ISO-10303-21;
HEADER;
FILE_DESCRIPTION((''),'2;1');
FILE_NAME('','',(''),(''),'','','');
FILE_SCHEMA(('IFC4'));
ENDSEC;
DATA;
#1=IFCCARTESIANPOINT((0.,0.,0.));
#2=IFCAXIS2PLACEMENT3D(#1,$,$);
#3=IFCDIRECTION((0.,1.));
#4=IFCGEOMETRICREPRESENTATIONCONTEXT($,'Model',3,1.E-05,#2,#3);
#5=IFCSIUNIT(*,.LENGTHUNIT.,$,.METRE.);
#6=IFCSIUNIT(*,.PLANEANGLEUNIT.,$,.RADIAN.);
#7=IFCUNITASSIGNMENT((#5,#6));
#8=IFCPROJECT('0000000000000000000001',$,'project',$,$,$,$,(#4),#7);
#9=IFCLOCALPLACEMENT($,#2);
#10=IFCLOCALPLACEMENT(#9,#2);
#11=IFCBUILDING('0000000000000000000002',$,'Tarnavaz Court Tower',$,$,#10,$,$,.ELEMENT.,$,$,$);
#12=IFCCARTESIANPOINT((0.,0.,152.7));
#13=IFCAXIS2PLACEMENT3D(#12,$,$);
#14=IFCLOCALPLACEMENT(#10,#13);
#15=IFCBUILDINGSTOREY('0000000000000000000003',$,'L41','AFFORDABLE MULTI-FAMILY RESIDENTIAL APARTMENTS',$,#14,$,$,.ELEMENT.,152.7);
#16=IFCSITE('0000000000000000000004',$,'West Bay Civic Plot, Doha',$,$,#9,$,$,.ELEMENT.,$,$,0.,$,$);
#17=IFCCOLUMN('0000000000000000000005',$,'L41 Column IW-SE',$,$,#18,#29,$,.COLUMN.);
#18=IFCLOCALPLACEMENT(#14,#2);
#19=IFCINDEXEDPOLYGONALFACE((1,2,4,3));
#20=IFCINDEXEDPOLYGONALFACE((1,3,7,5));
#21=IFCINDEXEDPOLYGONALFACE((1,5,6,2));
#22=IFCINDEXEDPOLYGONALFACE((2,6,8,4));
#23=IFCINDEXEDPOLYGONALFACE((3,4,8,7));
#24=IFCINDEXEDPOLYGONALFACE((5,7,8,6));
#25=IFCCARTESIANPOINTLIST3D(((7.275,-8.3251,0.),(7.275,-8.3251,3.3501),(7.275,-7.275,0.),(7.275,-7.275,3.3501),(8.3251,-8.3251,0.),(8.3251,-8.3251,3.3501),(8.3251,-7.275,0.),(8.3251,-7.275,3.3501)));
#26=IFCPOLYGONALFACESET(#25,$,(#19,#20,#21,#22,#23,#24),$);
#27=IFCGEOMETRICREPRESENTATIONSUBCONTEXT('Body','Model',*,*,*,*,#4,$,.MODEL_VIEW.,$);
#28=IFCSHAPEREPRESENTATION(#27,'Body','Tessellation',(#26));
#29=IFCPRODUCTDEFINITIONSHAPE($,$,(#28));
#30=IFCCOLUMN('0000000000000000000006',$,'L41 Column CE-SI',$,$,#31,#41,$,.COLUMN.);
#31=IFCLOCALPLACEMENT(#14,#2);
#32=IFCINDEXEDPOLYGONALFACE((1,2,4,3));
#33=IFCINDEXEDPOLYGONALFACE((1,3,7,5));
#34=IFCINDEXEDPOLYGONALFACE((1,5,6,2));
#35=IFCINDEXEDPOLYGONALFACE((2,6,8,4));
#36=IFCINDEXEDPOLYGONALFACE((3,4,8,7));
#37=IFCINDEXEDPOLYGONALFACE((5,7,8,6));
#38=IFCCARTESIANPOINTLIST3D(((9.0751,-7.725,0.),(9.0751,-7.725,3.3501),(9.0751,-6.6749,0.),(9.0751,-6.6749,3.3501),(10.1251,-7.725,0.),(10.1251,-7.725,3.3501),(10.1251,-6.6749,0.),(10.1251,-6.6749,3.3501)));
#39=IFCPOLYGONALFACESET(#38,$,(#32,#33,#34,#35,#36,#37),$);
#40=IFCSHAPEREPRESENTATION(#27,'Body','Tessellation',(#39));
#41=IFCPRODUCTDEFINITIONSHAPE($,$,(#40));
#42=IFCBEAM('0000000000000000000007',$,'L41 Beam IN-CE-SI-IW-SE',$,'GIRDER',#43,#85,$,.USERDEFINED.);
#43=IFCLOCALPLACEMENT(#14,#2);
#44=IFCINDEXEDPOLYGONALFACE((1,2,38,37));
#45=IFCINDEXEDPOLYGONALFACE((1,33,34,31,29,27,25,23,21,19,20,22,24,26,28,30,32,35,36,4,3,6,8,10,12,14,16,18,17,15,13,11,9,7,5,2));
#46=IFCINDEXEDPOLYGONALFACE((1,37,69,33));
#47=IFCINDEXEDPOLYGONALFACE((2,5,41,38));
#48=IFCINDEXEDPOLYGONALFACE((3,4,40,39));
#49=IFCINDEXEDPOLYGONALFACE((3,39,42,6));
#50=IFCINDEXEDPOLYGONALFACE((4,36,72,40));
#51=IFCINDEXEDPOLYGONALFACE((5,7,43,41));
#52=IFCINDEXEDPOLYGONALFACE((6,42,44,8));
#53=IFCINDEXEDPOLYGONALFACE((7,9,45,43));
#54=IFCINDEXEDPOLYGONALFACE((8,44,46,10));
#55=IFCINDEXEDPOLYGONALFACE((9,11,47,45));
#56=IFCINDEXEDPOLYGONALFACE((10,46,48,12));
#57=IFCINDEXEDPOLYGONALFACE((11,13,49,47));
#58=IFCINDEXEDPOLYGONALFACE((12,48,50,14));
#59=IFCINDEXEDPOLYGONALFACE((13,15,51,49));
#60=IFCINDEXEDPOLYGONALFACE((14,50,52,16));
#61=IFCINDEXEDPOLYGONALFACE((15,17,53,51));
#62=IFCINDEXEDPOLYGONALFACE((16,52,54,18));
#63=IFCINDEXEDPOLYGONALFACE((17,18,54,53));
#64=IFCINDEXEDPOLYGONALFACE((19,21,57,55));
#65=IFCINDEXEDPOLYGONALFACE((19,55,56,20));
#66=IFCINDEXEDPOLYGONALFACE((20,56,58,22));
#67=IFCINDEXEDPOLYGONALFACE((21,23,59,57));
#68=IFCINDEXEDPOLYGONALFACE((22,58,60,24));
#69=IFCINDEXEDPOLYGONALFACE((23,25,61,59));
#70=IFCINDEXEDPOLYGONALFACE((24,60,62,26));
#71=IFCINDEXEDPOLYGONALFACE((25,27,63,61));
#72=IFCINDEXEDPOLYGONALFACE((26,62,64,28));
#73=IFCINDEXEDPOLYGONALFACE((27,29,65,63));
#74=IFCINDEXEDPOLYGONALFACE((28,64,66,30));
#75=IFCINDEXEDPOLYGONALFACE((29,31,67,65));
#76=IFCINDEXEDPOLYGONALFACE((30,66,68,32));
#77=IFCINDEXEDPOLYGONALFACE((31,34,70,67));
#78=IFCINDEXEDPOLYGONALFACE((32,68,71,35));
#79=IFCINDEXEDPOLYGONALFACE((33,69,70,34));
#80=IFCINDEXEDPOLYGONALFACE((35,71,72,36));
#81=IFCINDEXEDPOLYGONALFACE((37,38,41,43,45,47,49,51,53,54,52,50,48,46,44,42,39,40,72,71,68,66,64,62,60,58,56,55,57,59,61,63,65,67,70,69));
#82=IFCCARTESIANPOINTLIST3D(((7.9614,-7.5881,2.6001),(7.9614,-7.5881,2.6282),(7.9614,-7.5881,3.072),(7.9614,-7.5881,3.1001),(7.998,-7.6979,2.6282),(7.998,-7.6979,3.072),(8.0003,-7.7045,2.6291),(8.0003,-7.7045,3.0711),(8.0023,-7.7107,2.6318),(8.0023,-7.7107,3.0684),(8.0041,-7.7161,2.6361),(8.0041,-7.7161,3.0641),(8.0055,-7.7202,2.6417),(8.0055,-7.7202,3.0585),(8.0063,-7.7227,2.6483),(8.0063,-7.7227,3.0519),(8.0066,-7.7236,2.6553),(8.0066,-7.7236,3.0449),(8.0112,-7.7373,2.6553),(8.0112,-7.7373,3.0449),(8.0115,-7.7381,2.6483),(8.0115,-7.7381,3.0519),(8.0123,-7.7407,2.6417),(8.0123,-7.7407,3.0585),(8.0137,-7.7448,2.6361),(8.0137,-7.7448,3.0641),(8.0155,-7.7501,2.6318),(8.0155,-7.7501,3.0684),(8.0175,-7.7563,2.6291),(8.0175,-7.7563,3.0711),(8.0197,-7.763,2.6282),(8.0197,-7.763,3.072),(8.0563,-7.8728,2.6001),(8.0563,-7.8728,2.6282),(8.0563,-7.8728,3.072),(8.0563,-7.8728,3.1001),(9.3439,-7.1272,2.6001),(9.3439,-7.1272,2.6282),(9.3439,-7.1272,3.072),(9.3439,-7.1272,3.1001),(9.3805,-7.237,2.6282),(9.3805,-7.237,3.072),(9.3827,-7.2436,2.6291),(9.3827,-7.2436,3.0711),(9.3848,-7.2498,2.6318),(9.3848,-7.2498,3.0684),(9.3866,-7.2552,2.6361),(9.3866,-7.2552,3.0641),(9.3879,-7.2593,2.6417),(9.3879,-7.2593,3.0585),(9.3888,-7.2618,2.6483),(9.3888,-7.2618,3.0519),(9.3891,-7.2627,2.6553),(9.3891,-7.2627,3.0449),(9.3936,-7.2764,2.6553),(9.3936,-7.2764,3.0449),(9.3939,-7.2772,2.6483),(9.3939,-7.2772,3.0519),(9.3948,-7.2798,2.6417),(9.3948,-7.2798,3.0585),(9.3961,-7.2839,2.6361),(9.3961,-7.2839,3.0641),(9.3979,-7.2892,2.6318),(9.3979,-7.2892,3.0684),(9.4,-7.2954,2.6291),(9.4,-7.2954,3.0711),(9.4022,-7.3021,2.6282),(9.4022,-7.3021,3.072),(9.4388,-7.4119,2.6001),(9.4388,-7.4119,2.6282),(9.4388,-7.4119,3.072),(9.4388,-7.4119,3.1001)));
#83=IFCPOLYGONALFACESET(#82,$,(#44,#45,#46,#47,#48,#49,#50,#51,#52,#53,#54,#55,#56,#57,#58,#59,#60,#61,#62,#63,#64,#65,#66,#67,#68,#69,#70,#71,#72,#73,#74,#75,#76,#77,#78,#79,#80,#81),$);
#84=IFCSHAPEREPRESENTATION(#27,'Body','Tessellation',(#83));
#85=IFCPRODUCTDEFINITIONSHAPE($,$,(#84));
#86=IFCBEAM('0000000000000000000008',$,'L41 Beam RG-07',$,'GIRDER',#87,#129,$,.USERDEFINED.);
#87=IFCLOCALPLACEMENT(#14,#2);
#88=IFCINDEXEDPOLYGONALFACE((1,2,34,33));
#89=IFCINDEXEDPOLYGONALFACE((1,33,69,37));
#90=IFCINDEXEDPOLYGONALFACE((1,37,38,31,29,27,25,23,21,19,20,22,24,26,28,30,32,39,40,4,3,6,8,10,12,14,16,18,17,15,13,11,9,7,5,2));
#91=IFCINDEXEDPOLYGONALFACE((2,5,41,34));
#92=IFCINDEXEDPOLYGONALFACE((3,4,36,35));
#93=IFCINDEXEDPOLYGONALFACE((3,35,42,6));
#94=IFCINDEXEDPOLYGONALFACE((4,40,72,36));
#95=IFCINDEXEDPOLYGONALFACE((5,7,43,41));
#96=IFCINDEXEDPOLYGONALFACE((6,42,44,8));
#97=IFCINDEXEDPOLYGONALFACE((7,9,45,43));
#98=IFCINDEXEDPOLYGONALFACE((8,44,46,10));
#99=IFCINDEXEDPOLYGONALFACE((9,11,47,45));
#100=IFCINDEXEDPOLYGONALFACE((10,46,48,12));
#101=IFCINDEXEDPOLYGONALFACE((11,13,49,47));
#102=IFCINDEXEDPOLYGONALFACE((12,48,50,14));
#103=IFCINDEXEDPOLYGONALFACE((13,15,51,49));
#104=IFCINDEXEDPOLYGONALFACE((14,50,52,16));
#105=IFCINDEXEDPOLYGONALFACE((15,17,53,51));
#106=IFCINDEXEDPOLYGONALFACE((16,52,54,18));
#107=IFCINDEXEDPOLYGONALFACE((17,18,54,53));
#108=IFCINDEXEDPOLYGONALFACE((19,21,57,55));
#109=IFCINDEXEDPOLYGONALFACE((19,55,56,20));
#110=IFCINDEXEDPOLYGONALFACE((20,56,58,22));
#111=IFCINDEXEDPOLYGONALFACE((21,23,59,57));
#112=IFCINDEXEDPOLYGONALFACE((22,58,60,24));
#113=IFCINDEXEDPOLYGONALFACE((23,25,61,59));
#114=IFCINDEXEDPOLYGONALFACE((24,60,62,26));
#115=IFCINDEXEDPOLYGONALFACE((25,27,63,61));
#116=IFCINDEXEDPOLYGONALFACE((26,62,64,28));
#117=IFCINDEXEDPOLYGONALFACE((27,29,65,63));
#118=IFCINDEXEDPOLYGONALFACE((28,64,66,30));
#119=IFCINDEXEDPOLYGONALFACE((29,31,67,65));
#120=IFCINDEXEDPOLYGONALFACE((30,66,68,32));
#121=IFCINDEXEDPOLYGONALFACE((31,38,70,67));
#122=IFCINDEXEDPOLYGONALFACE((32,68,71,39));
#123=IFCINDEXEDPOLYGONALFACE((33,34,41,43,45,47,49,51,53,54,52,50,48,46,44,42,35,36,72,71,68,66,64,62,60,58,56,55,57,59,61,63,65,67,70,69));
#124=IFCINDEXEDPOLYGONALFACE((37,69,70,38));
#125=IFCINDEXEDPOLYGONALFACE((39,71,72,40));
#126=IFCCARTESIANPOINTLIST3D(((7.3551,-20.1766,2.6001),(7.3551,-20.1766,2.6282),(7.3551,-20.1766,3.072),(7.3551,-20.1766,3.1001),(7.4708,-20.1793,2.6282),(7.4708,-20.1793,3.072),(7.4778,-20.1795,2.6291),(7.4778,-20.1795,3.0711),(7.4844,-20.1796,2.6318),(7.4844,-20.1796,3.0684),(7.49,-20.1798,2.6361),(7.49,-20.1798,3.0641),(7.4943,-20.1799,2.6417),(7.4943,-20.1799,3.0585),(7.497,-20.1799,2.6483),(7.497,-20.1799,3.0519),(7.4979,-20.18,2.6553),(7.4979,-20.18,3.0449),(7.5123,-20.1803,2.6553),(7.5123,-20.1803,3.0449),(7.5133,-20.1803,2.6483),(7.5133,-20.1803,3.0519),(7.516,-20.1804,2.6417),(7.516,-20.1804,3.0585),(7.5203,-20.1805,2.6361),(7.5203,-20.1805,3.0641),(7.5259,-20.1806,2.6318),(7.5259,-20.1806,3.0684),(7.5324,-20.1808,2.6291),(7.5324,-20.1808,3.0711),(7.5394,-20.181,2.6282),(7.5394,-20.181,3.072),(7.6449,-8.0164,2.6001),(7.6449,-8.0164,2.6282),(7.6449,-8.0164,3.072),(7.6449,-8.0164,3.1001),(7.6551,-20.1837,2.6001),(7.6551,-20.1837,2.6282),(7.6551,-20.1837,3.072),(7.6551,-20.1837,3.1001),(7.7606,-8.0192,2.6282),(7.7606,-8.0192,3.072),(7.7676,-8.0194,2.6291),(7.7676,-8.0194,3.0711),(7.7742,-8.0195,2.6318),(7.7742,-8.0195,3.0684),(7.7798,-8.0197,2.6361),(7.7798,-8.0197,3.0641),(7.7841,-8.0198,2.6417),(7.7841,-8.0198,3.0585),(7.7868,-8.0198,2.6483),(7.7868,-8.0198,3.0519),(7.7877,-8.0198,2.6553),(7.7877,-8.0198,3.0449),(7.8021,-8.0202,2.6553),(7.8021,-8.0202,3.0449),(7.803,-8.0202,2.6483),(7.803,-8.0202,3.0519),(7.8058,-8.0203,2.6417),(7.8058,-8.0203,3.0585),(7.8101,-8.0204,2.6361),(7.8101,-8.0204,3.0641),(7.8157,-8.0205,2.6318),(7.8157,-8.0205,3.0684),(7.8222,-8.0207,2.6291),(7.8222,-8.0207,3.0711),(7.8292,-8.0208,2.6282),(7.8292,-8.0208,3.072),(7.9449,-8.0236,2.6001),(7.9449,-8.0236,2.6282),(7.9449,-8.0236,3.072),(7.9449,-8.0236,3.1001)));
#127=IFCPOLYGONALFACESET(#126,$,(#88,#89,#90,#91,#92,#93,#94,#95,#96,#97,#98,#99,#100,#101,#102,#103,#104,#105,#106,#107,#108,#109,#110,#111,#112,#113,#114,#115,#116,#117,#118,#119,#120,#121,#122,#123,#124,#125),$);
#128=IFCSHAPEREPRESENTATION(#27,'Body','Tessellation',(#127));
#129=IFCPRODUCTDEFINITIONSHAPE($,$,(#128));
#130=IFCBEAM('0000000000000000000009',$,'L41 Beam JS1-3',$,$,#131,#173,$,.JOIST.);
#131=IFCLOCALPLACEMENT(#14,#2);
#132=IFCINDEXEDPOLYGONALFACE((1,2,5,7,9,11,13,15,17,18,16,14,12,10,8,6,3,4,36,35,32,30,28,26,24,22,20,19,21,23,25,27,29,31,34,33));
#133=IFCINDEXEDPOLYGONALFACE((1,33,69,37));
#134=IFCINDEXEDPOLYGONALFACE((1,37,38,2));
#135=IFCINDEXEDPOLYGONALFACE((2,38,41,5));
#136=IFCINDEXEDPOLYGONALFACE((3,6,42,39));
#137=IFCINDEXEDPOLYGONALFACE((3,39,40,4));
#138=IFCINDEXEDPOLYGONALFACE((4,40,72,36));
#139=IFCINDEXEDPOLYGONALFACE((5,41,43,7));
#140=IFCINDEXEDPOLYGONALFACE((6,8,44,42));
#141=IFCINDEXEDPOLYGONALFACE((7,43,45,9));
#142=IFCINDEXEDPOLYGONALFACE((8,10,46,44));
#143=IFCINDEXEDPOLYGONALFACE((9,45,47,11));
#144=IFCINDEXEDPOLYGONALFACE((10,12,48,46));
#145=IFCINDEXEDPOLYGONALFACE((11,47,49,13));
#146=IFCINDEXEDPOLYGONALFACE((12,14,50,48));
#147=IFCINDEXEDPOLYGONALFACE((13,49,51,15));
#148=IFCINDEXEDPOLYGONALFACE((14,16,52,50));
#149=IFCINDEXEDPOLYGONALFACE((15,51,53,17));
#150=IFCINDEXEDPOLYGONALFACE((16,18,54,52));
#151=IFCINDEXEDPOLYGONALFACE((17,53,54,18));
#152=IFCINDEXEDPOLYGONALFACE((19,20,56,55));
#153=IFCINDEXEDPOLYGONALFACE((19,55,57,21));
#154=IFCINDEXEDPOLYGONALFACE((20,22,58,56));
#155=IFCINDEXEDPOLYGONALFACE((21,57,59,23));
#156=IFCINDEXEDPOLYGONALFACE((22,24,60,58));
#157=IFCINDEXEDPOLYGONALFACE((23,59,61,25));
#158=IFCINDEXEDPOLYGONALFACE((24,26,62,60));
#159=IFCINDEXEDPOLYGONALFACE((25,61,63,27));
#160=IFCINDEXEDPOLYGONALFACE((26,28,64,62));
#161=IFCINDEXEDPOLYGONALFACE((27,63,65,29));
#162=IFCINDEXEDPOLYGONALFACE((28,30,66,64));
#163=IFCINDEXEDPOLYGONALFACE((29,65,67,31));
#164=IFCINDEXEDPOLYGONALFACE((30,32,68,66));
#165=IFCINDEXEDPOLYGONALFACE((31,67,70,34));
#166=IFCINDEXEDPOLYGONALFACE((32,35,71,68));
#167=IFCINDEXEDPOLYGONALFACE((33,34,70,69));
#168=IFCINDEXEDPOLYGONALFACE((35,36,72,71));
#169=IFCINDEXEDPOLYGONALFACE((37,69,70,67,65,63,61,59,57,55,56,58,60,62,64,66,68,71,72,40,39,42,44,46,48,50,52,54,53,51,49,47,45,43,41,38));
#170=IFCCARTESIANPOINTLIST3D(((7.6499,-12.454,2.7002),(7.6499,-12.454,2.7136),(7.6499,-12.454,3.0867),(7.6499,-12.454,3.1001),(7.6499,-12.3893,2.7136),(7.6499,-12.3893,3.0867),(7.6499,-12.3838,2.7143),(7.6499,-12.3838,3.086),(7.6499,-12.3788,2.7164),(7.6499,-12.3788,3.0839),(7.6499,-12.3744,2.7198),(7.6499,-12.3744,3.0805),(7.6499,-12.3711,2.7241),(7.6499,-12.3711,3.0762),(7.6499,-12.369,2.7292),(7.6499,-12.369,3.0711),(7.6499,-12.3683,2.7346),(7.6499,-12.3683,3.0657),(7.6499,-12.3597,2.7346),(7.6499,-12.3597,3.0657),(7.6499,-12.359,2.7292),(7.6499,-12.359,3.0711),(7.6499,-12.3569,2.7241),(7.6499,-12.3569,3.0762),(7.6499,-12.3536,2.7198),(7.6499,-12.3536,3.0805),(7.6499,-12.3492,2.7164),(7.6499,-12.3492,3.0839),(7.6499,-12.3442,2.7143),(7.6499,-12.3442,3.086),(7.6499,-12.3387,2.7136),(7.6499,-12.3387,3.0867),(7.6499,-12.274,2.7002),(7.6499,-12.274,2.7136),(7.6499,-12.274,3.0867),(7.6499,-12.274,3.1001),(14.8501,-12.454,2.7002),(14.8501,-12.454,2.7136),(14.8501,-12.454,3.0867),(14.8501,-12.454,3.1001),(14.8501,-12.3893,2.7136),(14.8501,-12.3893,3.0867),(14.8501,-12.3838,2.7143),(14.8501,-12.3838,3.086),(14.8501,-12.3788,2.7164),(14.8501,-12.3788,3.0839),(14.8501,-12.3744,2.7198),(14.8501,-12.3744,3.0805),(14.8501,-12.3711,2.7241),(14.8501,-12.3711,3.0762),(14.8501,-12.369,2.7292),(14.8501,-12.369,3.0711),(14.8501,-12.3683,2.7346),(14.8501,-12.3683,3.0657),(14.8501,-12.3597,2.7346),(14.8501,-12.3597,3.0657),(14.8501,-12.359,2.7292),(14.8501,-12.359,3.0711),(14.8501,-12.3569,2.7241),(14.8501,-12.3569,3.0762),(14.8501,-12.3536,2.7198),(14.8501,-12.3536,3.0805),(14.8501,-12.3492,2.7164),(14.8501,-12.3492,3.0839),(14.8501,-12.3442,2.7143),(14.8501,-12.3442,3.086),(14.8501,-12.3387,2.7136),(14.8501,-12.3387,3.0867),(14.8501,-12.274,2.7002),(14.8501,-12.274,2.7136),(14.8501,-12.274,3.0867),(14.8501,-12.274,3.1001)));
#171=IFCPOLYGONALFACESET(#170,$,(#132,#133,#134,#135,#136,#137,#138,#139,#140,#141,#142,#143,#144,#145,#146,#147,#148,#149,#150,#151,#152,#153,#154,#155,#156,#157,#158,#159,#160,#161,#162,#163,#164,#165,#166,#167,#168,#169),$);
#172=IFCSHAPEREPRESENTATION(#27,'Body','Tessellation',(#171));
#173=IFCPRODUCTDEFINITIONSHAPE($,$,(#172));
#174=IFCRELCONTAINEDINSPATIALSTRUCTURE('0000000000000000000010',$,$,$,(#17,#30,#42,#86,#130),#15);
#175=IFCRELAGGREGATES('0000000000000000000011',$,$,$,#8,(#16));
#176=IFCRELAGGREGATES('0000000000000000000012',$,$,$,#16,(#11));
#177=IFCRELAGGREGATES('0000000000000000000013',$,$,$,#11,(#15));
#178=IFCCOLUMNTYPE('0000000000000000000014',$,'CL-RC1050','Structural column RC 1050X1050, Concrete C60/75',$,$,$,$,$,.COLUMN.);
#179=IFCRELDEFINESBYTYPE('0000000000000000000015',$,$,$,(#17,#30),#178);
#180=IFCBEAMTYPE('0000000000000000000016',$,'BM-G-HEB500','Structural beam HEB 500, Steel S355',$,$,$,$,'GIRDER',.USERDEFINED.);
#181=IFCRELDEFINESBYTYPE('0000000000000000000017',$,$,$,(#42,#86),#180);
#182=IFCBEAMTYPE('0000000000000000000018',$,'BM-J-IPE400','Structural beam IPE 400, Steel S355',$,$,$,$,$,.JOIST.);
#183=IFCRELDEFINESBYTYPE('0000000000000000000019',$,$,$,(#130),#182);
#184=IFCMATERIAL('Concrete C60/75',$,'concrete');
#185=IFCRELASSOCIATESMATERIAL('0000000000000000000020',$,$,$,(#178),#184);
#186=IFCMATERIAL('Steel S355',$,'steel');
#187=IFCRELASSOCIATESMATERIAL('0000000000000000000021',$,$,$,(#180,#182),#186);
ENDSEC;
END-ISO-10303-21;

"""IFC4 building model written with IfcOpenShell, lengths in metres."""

from ifc_helpers import new_model, si_unit, direction, frame, origin, origin_2d, place, context, subcontext, project, spatial, rectangle, i_section, extrude, material, material_profile, profile_set, type_object, element, save


model = new_model("IFC4")

# Units and contexts
model_context = context("Model", 3, precision=1e-05, world=origin(), true_north=direction((0.0, 1.0)))
body_context = subcontext(model_context, "Body", "Model", "MODEL_VIEW")
ifc_project = project(units=[si_unit("LENGTHUNIT", "METRE"), si_unit("PLANEANGLEUNIT", "RADIAN")], contexts=[model_context])

# Site, building, storey
site_placement = place(None, origin())
site = spatial("IfcSite", under=ifc_project, at=site_placement, Name="West Bay Civic Plot, Doha", CompositionType="ELEMENT", RefElevation=0.0)
building_placement = place(site_placement, origin())
building = spatial("IfcBuilding", under=site, at=building_placement, Name="Tarnavaz Court Tower", CompositionType="ELEMENT")
storey_placement = place(building_placement, frame((0.0, 0.0, 152.7)))
storey = spatial("IfcBuildingStorey", under=building, at=storey_placement, Name="L41", Description="AFFORDABLE MULTI-FAMILY RESIDENTIAL APARTMENTS", CompositionType="ELEMENT", Elevation=152.7)

# Columns
ifc_material_1 = material(Name="Concrete C60/75", Category="concrete")
ifc_material_profile_1 = material_profile(ifc_material_1, rectangle(XDim=1.05, YDim=1.05, at=origin_2d()), Name="RC 1050X1050")
ifc_profile_set_1 = profile_set([ifc_material_profile_1], Name="Concrete C60/75")
column_type = type_object("IfcColumnType", Name="CL-RC1050", Description="Structural column RC 1050X1050, Concrete C60/75", PredefinedType="COLUMN", material=ifc_profile_set_1)
for number, where, z_axis, x_axis, name in (
    (1, (7.8, -7.8, 0.0), (0.0, 0.0, 1.0), (1.0, 0.0, 0.0), "L41 Column IW-SE"),
    (2, (9.6001, -7.2, 0.0), (0.0, 0.0, 1.0), (1.0, 0.0, 0.0), "L41 Column CE-SI"),
):
    element("IfcColumn", number, at=place(storey_placement, frame(where, z_axis=z_axis, x_axis=x_axis)), inside=storey, type_object=column_type, Name=name, PredefinedType="COLUMN", context=body_context, shape_type="SweptSolid", body=[
        extrude(rectangle(XDim=1.05, YDim=1.05, at=origin_2d()), origin(), (0.0, 0.0, 1.0), 3.3501),
    ])

# Beams
ifc_material_2 = material(Name="Steel S355", Category="steel")
ifc_material_profile_2 = material_profile(ifc_material_2, i_section(OverallWidth=0.3, OverallDepth=0.5, WebThickness=0.0144, FlangeThickness=0.0281, FilletRadius=0.0271, at=origin_2d()), Name="HEB 500")
ifc_profile_set_2 = profile_set([ifc_material_profile_2], Name="Steel S355")
beam_type_1 = type_object("IfcBeamType", Name="BM-G-HEB500", Description="Structural beam HEB 500, Steel S355", ElementType="GIRDER", PredefinedType="USERDEFINED", material=ifc_profile_set_2)
beam_1_placement = place(storey_placement, frame((9.3914, -7.2695, 2.8501), z_axis=(-0.948667, -0.316278, 0.0), x_axis=(0.316278, -0.948667, 0.0)))
element("IfcBeam", 3, at=beam_1_placement, inside=storey, type_object=beam_type_1, Name="L41 Beam IN-CE-SI-IW-SE", ObjectType="GIRDER", PredefinedType="USERDEFINED", context=body_context, shape_type="SweptSolid", body=[
    extrude(i_section(OverallWidth=0.3, OverallDepth=0.5, WebThickness=0.0144, FlangeThickness=0.0281, FilletRadius=0.0271, at=origin_2d()), origin(), (0.0, 0.0, 1.0), 1.4573),
])
beam_2_placement = place(storey_placement, frame((7.7949, -8.02, 2.8501), z_axis=(-0.023825, -0.999716, 0.0), x_axis=(0.999716, -0.023825, 0.0)))
element("IfcBeam", 4, at=beam_2_placement, inside=storey, type_object=beam_type_1, Name="L41 Beam RG-07", ObjectType="GIRDER", PredefinedType="USERDEFINED", context=body_context, shape_type="SweptSolid", body=[
    extrude(i_section(OverallWidth=0.3, OverallDepth=0.5, WebThickness=0.0144, FlangeThickness=0.0281, FilletRadius=0.0271, at=origin_2d()), origin(), (0.0, 0.0, 1.0), 12.1636),
])
ifc_material_profile_3 = material_profile(ifc_material_2, i_section(OverallWidth=0.1799, OverallDepth=0.3999, WebThickness=0.0085, FlangeThickness=0.0134, FilletRadius=0.021, at=origin_2d()), Name="IPE 400")
ifc_profile_set_3 = profile_set([ifc_material_profile_3], Name="Steel S355")
beam_type_2 = type_object("IfcBeamType", Name="BM-J-IPE400", Description="Structural beam IPE 400, Steel S355", PredefinedType="JOIST", material=ifc_profile_set_3)
beam_3_placement = place(storey_placement, frame((7.6499, -12.364, 2.9001), z_axis=(1.0, 0.0, 0.0), x_axis=(0.0, 1.0, 0.0)))
element("IfcBeam", 5, at=beam_3_placement, inside=storey, type_object=beam_type_2, Name="L41 Beam JS1-3", PredefinedType="JOIST", context=body_context, shape_type="SweptSolid", body=[
    extrude(i_section(OverallWidth=0.1799, OverallDepth=0.3999, WebThickness=0.0085, FlangeThickness=0.0134, FilletRadius=0.021, at=origin_2d()), origin(), (0.0, 0.0, 1.0), 7.2002),
])

save(model, "model.ifc")
